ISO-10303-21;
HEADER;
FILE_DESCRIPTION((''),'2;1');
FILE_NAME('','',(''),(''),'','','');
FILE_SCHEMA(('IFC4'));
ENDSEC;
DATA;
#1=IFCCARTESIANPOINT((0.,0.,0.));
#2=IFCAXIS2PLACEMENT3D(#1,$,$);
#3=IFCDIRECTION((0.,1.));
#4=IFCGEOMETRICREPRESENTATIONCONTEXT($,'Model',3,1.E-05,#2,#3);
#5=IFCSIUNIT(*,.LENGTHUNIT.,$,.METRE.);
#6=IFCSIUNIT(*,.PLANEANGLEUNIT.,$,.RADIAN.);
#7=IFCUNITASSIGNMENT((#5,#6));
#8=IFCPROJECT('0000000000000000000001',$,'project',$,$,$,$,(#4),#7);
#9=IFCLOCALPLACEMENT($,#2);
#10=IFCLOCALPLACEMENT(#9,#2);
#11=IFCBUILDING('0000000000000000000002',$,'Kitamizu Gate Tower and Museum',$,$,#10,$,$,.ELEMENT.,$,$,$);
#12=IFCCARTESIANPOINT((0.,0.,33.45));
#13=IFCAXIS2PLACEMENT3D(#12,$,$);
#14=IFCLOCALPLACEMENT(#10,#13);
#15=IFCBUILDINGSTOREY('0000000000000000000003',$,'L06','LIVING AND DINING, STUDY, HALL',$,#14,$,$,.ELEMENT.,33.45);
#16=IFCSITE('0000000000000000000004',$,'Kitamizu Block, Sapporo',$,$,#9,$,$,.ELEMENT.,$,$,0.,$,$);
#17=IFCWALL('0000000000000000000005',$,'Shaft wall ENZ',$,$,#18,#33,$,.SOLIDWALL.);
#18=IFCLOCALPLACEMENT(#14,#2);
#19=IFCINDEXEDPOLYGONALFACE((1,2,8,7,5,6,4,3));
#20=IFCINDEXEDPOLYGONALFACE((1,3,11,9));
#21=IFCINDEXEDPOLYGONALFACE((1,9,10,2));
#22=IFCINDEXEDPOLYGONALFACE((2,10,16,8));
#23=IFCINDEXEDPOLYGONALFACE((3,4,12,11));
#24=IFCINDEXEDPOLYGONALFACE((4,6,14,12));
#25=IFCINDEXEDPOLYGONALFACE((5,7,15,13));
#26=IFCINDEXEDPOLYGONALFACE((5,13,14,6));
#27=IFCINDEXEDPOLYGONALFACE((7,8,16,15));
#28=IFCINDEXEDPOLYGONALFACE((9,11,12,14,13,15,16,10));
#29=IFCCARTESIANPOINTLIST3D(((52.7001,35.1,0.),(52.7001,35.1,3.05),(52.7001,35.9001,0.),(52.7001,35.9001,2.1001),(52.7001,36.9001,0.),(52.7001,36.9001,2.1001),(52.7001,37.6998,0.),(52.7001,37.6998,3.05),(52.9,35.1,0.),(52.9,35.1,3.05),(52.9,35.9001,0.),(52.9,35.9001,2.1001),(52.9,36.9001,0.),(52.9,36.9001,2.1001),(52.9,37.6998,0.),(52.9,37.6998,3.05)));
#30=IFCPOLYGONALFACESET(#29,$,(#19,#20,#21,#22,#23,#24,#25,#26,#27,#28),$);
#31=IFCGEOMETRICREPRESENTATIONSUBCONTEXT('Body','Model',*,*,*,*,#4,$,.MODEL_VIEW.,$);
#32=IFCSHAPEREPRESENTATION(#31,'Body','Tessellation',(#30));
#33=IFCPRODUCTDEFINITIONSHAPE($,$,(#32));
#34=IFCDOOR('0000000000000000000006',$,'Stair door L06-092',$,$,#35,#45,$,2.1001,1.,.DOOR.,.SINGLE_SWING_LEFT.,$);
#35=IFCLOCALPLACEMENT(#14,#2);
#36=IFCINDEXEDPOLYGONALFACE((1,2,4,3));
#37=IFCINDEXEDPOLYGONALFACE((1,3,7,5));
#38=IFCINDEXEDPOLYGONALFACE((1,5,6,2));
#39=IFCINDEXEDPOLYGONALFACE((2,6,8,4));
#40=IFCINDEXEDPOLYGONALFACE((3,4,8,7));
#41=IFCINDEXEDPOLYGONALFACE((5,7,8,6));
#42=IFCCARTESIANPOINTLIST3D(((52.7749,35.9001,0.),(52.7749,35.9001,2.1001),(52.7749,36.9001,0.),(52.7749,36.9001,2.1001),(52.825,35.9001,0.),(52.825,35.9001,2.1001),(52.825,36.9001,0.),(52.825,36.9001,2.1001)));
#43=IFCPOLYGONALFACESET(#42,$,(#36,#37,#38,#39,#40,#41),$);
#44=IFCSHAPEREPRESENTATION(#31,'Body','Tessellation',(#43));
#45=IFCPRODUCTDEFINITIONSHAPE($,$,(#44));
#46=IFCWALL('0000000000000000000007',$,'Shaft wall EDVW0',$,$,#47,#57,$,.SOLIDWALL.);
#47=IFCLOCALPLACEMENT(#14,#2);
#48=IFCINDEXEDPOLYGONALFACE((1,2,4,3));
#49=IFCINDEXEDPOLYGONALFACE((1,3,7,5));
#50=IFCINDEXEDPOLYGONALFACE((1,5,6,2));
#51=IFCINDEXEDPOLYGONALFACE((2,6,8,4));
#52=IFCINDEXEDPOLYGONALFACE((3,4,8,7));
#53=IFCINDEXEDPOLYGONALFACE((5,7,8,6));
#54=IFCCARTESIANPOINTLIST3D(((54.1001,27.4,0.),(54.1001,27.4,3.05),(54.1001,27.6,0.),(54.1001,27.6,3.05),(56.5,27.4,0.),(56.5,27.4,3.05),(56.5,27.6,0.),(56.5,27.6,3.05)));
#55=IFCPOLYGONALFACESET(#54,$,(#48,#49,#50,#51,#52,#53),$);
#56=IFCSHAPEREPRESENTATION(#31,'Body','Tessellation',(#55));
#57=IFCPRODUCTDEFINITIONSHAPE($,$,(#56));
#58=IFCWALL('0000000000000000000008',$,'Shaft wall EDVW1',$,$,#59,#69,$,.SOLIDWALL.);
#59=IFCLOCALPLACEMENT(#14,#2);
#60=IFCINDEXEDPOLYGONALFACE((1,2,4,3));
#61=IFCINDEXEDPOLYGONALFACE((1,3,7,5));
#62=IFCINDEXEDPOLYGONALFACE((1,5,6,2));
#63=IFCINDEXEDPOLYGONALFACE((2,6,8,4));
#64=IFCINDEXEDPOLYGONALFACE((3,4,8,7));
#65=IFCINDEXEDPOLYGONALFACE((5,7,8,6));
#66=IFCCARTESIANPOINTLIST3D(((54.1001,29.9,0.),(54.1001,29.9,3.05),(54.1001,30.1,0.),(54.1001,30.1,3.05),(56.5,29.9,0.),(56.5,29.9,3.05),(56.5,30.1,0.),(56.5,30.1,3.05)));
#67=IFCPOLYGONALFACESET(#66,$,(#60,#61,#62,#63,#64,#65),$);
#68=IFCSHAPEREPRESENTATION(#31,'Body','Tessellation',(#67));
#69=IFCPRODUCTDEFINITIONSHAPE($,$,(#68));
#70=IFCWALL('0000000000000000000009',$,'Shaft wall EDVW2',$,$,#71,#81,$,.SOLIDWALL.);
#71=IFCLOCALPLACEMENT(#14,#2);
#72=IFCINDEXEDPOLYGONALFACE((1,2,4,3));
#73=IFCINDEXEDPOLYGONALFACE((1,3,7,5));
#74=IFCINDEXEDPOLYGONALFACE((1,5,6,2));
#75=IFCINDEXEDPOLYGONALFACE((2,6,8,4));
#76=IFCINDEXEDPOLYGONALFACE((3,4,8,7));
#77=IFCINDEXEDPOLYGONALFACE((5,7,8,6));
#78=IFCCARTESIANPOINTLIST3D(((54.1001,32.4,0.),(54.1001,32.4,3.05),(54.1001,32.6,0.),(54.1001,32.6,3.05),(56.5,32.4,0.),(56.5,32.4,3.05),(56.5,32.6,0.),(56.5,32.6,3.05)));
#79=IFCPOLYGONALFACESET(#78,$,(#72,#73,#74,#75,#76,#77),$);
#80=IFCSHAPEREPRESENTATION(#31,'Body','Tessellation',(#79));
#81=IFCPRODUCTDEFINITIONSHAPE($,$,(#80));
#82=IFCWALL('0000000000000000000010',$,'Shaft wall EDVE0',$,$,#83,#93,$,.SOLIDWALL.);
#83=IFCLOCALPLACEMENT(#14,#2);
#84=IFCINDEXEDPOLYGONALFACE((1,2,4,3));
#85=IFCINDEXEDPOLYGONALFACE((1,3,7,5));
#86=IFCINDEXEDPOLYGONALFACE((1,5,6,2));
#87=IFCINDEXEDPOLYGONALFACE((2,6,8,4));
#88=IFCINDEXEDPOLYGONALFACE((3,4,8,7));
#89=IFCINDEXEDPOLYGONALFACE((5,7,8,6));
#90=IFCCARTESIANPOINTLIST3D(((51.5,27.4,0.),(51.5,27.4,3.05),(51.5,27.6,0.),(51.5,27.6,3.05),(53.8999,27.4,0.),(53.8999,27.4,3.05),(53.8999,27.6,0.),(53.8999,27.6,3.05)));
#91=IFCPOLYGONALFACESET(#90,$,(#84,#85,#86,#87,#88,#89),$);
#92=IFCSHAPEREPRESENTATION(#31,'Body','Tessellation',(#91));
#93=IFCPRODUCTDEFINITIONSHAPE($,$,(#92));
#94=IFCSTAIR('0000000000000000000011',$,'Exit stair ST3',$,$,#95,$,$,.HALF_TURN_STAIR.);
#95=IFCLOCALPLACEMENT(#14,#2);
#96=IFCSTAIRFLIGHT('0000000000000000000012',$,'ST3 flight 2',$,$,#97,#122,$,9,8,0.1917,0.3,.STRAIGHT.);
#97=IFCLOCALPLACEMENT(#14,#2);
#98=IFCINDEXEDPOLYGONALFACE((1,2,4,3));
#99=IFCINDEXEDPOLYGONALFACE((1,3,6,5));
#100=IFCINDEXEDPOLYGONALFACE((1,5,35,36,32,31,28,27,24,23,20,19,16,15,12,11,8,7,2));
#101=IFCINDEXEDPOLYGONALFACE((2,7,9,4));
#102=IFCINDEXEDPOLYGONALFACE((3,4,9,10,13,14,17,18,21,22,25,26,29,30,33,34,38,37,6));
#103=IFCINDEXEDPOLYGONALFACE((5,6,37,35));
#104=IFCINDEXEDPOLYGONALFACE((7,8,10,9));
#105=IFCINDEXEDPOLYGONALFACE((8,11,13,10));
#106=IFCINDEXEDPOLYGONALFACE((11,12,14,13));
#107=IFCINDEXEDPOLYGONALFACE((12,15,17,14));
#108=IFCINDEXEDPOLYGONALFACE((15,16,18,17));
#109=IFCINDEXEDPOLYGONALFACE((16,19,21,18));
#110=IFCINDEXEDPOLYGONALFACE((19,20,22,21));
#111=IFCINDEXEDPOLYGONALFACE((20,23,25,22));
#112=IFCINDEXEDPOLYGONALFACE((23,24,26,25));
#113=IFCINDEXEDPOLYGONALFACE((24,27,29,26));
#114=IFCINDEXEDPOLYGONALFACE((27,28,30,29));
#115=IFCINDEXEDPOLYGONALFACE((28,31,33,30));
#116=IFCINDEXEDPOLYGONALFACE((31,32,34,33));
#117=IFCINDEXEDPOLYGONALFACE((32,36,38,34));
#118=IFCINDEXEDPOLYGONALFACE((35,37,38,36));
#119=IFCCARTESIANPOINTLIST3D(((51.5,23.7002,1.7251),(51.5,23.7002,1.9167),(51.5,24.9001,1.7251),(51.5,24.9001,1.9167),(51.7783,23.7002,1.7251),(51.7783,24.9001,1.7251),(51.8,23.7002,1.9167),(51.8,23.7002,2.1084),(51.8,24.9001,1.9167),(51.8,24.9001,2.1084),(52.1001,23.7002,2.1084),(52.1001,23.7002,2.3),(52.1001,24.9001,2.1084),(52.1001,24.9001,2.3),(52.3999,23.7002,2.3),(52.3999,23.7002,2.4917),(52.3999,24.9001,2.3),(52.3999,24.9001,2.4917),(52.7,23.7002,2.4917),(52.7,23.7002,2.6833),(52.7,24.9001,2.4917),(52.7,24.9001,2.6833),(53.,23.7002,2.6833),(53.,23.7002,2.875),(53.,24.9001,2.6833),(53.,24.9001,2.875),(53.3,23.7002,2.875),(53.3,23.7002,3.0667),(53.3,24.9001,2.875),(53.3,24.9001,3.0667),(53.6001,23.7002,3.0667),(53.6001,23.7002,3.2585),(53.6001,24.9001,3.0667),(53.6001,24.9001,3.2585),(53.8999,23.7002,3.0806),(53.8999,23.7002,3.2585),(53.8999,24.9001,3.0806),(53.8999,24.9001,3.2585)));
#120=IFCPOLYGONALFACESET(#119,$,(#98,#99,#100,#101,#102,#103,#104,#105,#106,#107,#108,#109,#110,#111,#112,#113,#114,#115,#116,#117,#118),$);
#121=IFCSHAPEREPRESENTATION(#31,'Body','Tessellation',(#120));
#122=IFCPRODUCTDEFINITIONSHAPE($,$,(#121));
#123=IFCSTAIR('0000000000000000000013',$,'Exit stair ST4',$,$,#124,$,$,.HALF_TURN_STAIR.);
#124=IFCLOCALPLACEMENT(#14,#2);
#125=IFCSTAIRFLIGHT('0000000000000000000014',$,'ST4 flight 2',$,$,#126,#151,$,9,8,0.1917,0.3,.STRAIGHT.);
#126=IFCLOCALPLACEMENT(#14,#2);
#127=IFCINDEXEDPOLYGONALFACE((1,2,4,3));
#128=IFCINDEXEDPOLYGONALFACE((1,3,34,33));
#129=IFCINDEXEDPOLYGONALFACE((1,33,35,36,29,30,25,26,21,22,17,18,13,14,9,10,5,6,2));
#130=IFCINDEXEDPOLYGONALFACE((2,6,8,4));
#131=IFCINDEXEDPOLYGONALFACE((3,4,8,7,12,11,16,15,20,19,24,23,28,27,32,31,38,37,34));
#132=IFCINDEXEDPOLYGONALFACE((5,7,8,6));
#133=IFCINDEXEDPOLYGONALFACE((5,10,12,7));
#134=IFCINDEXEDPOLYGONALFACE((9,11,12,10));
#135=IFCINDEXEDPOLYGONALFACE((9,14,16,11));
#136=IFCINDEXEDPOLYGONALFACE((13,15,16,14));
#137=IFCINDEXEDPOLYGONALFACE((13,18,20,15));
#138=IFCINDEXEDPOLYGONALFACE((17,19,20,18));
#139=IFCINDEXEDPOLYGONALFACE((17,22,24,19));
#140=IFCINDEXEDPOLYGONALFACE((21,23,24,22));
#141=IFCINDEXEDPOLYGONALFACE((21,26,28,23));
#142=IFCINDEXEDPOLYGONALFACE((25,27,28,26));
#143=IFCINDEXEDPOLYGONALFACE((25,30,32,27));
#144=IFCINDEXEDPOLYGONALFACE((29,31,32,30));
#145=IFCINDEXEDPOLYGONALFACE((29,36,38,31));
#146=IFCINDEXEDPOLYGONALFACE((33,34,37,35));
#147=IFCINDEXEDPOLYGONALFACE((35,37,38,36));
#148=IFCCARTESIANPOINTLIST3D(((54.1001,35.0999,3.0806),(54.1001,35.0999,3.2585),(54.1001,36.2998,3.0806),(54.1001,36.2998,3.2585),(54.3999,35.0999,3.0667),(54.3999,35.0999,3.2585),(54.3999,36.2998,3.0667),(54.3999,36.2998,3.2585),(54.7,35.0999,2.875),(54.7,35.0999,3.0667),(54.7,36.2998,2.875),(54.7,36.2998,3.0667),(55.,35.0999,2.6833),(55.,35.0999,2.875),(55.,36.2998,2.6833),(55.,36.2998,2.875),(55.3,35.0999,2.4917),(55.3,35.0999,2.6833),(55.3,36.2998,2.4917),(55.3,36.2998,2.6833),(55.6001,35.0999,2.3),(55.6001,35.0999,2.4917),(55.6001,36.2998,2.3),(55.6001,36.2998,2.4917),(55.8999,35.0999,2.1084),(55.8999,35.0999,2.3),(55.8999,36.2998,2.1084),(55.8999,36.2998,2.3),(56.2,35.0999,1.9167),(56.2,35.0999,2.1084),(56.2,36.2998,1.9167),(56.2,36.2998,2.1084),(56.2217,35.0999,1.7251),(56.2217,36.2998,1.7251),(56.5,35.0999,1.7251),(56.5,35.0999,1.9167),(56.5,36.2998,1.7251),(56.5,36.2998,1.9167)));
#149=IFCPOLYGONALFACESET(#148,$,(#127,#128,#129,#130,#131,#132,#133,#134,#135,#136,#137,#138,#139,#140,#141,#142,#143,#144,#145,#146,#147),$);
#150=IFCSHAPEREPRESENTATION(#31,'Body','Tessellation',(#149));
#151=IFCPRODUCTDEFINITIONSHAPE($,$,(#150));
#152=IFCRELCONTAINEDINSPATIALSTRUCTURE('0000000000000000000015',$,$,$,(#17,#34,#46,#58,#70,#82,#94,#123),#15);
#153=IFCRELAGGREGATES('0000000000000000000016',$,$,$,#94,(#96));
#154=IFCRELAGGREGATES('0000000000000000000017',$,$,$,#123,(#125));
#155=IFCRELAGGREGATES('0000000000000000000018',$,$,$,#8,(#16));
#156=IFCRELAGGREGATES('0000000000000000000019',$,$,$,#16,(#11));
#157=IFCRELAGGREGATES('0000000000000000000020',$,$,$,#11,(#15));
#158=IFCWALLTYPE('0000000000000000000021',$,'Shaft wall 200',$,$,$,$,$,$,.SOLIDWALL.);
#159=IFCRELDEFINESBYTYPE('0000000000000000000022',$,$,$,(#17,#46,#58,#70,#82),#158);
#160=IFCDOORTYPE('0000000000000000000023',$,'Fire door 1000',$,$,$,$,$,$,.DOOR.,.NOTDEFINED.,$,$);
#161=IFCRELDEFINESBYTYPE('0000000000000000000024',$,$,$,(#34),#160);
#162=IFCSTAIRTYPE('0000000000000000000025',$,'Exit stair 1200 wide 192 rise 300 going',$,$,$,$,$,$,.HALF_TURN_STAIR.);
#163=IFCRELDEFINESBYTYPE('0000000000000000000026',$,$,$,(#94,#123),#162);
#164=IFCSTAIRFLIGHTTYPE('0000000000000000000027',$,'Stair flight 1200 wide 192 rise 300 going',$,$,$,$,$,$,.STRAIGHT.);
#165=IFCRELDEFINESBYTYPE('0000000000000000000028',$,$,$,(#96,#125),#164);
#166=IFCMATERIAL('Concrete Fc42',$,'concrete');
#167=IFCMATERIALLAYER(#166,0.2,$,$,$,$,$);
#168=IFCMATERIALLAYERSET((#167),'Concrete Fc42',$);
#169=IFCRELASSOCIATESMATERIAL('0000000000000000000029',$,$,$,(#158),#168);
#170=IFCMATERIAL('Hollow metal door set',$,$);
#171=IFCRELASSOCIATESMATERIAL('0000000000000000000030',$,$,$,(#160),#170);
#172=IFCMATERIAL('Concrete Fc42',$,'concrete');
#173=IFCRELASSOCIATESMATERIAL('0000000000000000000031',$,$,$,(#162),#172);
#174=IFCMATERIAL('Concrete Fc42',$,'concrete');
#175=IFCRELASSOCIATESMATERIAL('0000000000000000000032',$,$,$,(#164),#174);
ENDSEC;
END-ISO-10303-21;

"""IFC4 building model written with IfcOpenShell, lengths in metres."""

from ifc_helpers import new_model, si_unit, direction, frame, frame_2d, origin, place, context, subcontext, project, spatial, polyline, rectangle, outline, extrude, material, layer, layer_set, type_object, element, fill, aggregate, save


model = new_model("IFC4")

# Units and contexts
model_context = context("Model", 3, precision=1e-05, world=origin(), true_north=direction((0.0, 1.0)))
body_context = subcontext(model_context, "Body", "Model", "MODEL_VIEW")
ifc_project = project(units=[si_unit("LENGTHUNIT", "METRE"), si_unit("PLANEANGLEUNIT", "RADIAN")], contexts=[model_context])

# Site, building, storey
site_placement = place(None, origin())
site = spatial("IfcSite", under=ifc_project, at=site_placement, Name="Kitamizu Block, Sapporo", CompositionType="ELEMENT", RefElevation=0.0)
building_placement = place(site_placement, origin())
building = spatial("IfcBuilding", under=site, at=building_placement, Name="Kitamizu Gate Tower and Museum", CompositionType="ELEMENT")
storey_placement = place(building_placement, frame((0.0, 0.0, 33.45)))
storey = spatial("IfcBuildingStorey", under=building, at=storey_placement, Name="L06", Description="LIVING AND DINING, STUDY, HALL", CompositionType="ELEMENT", Elevation=33.45)

# Shared definitions
ifc_material_1 = material(Name="Concrete Fc42", Category="concrete")
ifc_layer_1 = layer(ifc_material_1, 0.2)
ifc_layer_set_1 = layer_set([ifc_layer_1], Name="Concrete Fc42")
wall_type_1 = type_object("IfcWallType", Name="Shaft wall 200", PredefinedType="SOLIDWALL", material=ifc_layer_set_1)
ifc_material_2 = material(Name="Hollow metal door set")
door_type_1 = type_object("IfcDoorType", Name="Fire door 1000", OperationType="NOTDEFINED", PredefinedType="DOOR", material=ifc_material_2)

# Wall, opening, door
wall_1_placement = place(storey_placement, frame((52.8, 35.1001, 0.0), z_axis=(0.0, 0.0, 1.0), x_axis=(0.0, 1.0, 0.0)))
wall_1 = element("IfcWall", 1, at=wall_1_placement, inside=storey, type_object=wall_type_1, Name="Shaft wall ENZ", PredefinedType="SOLIDWALL", context=body_context, shape_type="SweptSolid", body=[
    extrude(rectangle(XDim=2.5999, YDim=0.2, at=frame_2d((1.2998, 0.0))), origin(), (0.0, 0.0, 1.0), 3.05),
])
opening_1_placement = place(wall_1_placement, frame((0.8, 0.0, 0.0)))
opening_1 = element("IfcOpeningElement", 2, at=opening_1_placement, cuts=wall_1, PredefinedType="OPENING", context=body_context, shape_type="SweptSolid", body=[
    extrude(rectangle(XDim=1.0, YDim=2.1001, at=frame_2d((0.5, 1.05))), frame((0.0, 0.1099, 0.0), z_axis=(0.0, -1.0, 0.0), x_axis=(1.0, 0.0, 0.0)), (0.0, 0.0, 1.0), 0.22),
])
door_1_placement = place(opening_1_placement, frame((1.0, 0.0, 0.0), x_axis=(-1.0, 0.0, 0.0)))
door_1 = element("IfcDoor", 3, at=door_1_placement, inside=storey, type_object=door_type_1, Name="Stair door L06-092", OperationType="SINGLE_SWING_LEFT", OverallHeight=2.1001, OverallWidth=1.0, PredefinedType="DOOR", context=body_context, shape_type="SweptSolid", body=[
    extrude(rectangle(XDim=1.0, YDim=2.1001, at=frame_2d((0.5, 1.05))), frame((0.0, 0.0249, 0.0), z_axis=(0.0, -1.0, 0.0), x_axis=(1.0, 0.0, 0.0)), (0.0, 0.0, 1.0), 0.05),
])
fill(opening_1, door_1)

# Walls
for number, where, z_axis, x_axis, name in (
    (4, (56.5, 27.5, 0.0), (0.0, 0.0, 1.0), (-1.0, 0.0, 0.0), "Shaft wall EDVW0"),
    (5, (56.5, 30.0, 0.0), (0.0, 0.0, 1.0), (-1.0, 0.0, 0.0), "Shaft wall EDVW1"),
    (6, (56.5, 32.5, 0.0), (0.0, 0.0, 1.0), (-1.0, 0.0, 0.0), "Shaft wall EDVW2"),
    (7, (53.8999, 27.5, 0.0), (0.0, 0.0, 1.0), (-1.0, 0.0, 0.0), "Shaft wall EDVE0"),
):
    element("IfcWall", number, at=place(storey_placement, frame(where, z_axis=z_axis, x_axis=x_axis)), inside=storey, type_object=wall_type_1, Name=name, PredefinedType="SOLIDWALL", context=body_context, shape_type="SweptSolid", body=[
        extrude(rectangle(XDim=2.3999, YDim=0.2, at=frame_2d((1.2, 0.0))), origin(), (0.0, 0.0, 1.0), 3.05),
    ])

# Stairs, stair flights
ifc_material_3 = material(Name="Concrete Fc42", Category="concrete")
stair_type = type_object("IfcStairType", Name="Exit stair 1200 wide 192 rise 300 going", PredefinedType="HALF_TURN_STAIR", material=ifc_material_3)
stair_1_placement = place(storey_placement, origin())
stair_1 = element("IfcStair", 8, at=stair_1_placement, inside=storey, type_object=stair_type, Name="Exit stair ST3", PredefinedType="HALF_TURN_STAIR")
ifc_material_4 = material(Name="Concrete Fc42", Category="concrete")
stair_flight_type = type_object("IfcStairFlightType", Name="Stair flight 1200 wide 192 rise 300 going", PredefinedType="STRAIGHT", material=ifc_material_4)
stair_flight_1_placement = place(storey_placement, frame((51.5, 24.3, 1.7251), z_axis=(0.0, 0.0, 1.0), x_axis=(1.0, 0.0, 0.0)))
stair_flight_1 = element("IfcStairFlight", 9, at=stair_flight_1_placement, type_object=stair_flight_type, Name="ST3 flight 2", NumberOfRisers=9, NumberOfTreads=8, PredefinedType="STRAIGHT", RiserHeight=0.1917, TreadLength=0.3, context=body_context, shape_type="SweptSolid", body=[
    extrude(outline(polyline([(0.0, 0.0), (0.0, 0.1917), (0.3, 0.1917), (0.3, 0.3833), (0.6001, 0.3833), (0.6001, 0.575), (0.8999, 0.575), (0.8999, 0.7666), (1.2, 0.7666), (1.2, 0.9583), (1.5, 0.9583), (1.5, 1.1499), (1.8, 1.1499), (1.8, 1.3416), (2.1001, 1.3416), (2.1001, 1.5334), (2.3999, 1.5334), (2.3999, 1.7251), (2.3999, 1.3555), (0.2783, 0.0), (0.0, 0.0)])), frame((0.0, 0.6001, 0.0), z_axis=(0.0, -1.0, 0.0), x_axis=(1.0, 0.0, 0.0)), (0.0, 0.0, 1.0), 1.2),
])
aggregate(stair_1, [stair_flight_1])
stair_2_placement = place(storey_placement, origin())
stair_2 = element("IfcStair", 10, at=stair_2_placement, inside=storey, type_object=stair_type, Name="Exit stair ST4", PredefinedType="HALF_TURN_STAIR")
stair_flight_2_placement = place(storey_placement, frame((56.5, 35.7, 1.7251), z_axis=(0.0, 0.0, 1.0), x_axis=(-1.0, 0.0, 0.0)))
stair_flight_2 = element("IfcStairFlight", 11, at=stair_flight_2_placement, type_object=stair_flight_type, Name="ST4 flight 2", NumberOfRisers=9, NumberOfTreads=8, PredefinedType="STRAIGHT", RiserHeight=0.1917, TreadLength=0.3, context=body_context, shape_type="SweptSolid", body=[
    extrude(outline(polyline([(0.0, 0.0), (0.0, 0.1917), (0.3, 0.1917), (0.3, 0.3833), (0.6001, 0.3833), (0.6001, 0.575), (0.8999, 0.575), (0.8999, 0.7666), (1.2, 0.7666), (1.2, 0.9583), (1.5, 0.9583), (1.5, 1.1499), (1.8, 1.1499), (1.8, 1.3416), (2.1001, 1.3416), (2.1001, 1.5334), (2.3999, 1.5334), (2.3999, 1.7251), (2.3999, 1.3555), (0.2783, 0.0), (0.0, 0.0)])), frame((0.0, 0.6001, 0.0), z_axis=(0.0, -1.0, 0.0), x_axis=(1.0, 0.0, 0.0)), (0.0, 0.0, 1.0), 1.2),
])
aggregate(stair_2, [stair_flight_2])

save(model, "model.ifc")
